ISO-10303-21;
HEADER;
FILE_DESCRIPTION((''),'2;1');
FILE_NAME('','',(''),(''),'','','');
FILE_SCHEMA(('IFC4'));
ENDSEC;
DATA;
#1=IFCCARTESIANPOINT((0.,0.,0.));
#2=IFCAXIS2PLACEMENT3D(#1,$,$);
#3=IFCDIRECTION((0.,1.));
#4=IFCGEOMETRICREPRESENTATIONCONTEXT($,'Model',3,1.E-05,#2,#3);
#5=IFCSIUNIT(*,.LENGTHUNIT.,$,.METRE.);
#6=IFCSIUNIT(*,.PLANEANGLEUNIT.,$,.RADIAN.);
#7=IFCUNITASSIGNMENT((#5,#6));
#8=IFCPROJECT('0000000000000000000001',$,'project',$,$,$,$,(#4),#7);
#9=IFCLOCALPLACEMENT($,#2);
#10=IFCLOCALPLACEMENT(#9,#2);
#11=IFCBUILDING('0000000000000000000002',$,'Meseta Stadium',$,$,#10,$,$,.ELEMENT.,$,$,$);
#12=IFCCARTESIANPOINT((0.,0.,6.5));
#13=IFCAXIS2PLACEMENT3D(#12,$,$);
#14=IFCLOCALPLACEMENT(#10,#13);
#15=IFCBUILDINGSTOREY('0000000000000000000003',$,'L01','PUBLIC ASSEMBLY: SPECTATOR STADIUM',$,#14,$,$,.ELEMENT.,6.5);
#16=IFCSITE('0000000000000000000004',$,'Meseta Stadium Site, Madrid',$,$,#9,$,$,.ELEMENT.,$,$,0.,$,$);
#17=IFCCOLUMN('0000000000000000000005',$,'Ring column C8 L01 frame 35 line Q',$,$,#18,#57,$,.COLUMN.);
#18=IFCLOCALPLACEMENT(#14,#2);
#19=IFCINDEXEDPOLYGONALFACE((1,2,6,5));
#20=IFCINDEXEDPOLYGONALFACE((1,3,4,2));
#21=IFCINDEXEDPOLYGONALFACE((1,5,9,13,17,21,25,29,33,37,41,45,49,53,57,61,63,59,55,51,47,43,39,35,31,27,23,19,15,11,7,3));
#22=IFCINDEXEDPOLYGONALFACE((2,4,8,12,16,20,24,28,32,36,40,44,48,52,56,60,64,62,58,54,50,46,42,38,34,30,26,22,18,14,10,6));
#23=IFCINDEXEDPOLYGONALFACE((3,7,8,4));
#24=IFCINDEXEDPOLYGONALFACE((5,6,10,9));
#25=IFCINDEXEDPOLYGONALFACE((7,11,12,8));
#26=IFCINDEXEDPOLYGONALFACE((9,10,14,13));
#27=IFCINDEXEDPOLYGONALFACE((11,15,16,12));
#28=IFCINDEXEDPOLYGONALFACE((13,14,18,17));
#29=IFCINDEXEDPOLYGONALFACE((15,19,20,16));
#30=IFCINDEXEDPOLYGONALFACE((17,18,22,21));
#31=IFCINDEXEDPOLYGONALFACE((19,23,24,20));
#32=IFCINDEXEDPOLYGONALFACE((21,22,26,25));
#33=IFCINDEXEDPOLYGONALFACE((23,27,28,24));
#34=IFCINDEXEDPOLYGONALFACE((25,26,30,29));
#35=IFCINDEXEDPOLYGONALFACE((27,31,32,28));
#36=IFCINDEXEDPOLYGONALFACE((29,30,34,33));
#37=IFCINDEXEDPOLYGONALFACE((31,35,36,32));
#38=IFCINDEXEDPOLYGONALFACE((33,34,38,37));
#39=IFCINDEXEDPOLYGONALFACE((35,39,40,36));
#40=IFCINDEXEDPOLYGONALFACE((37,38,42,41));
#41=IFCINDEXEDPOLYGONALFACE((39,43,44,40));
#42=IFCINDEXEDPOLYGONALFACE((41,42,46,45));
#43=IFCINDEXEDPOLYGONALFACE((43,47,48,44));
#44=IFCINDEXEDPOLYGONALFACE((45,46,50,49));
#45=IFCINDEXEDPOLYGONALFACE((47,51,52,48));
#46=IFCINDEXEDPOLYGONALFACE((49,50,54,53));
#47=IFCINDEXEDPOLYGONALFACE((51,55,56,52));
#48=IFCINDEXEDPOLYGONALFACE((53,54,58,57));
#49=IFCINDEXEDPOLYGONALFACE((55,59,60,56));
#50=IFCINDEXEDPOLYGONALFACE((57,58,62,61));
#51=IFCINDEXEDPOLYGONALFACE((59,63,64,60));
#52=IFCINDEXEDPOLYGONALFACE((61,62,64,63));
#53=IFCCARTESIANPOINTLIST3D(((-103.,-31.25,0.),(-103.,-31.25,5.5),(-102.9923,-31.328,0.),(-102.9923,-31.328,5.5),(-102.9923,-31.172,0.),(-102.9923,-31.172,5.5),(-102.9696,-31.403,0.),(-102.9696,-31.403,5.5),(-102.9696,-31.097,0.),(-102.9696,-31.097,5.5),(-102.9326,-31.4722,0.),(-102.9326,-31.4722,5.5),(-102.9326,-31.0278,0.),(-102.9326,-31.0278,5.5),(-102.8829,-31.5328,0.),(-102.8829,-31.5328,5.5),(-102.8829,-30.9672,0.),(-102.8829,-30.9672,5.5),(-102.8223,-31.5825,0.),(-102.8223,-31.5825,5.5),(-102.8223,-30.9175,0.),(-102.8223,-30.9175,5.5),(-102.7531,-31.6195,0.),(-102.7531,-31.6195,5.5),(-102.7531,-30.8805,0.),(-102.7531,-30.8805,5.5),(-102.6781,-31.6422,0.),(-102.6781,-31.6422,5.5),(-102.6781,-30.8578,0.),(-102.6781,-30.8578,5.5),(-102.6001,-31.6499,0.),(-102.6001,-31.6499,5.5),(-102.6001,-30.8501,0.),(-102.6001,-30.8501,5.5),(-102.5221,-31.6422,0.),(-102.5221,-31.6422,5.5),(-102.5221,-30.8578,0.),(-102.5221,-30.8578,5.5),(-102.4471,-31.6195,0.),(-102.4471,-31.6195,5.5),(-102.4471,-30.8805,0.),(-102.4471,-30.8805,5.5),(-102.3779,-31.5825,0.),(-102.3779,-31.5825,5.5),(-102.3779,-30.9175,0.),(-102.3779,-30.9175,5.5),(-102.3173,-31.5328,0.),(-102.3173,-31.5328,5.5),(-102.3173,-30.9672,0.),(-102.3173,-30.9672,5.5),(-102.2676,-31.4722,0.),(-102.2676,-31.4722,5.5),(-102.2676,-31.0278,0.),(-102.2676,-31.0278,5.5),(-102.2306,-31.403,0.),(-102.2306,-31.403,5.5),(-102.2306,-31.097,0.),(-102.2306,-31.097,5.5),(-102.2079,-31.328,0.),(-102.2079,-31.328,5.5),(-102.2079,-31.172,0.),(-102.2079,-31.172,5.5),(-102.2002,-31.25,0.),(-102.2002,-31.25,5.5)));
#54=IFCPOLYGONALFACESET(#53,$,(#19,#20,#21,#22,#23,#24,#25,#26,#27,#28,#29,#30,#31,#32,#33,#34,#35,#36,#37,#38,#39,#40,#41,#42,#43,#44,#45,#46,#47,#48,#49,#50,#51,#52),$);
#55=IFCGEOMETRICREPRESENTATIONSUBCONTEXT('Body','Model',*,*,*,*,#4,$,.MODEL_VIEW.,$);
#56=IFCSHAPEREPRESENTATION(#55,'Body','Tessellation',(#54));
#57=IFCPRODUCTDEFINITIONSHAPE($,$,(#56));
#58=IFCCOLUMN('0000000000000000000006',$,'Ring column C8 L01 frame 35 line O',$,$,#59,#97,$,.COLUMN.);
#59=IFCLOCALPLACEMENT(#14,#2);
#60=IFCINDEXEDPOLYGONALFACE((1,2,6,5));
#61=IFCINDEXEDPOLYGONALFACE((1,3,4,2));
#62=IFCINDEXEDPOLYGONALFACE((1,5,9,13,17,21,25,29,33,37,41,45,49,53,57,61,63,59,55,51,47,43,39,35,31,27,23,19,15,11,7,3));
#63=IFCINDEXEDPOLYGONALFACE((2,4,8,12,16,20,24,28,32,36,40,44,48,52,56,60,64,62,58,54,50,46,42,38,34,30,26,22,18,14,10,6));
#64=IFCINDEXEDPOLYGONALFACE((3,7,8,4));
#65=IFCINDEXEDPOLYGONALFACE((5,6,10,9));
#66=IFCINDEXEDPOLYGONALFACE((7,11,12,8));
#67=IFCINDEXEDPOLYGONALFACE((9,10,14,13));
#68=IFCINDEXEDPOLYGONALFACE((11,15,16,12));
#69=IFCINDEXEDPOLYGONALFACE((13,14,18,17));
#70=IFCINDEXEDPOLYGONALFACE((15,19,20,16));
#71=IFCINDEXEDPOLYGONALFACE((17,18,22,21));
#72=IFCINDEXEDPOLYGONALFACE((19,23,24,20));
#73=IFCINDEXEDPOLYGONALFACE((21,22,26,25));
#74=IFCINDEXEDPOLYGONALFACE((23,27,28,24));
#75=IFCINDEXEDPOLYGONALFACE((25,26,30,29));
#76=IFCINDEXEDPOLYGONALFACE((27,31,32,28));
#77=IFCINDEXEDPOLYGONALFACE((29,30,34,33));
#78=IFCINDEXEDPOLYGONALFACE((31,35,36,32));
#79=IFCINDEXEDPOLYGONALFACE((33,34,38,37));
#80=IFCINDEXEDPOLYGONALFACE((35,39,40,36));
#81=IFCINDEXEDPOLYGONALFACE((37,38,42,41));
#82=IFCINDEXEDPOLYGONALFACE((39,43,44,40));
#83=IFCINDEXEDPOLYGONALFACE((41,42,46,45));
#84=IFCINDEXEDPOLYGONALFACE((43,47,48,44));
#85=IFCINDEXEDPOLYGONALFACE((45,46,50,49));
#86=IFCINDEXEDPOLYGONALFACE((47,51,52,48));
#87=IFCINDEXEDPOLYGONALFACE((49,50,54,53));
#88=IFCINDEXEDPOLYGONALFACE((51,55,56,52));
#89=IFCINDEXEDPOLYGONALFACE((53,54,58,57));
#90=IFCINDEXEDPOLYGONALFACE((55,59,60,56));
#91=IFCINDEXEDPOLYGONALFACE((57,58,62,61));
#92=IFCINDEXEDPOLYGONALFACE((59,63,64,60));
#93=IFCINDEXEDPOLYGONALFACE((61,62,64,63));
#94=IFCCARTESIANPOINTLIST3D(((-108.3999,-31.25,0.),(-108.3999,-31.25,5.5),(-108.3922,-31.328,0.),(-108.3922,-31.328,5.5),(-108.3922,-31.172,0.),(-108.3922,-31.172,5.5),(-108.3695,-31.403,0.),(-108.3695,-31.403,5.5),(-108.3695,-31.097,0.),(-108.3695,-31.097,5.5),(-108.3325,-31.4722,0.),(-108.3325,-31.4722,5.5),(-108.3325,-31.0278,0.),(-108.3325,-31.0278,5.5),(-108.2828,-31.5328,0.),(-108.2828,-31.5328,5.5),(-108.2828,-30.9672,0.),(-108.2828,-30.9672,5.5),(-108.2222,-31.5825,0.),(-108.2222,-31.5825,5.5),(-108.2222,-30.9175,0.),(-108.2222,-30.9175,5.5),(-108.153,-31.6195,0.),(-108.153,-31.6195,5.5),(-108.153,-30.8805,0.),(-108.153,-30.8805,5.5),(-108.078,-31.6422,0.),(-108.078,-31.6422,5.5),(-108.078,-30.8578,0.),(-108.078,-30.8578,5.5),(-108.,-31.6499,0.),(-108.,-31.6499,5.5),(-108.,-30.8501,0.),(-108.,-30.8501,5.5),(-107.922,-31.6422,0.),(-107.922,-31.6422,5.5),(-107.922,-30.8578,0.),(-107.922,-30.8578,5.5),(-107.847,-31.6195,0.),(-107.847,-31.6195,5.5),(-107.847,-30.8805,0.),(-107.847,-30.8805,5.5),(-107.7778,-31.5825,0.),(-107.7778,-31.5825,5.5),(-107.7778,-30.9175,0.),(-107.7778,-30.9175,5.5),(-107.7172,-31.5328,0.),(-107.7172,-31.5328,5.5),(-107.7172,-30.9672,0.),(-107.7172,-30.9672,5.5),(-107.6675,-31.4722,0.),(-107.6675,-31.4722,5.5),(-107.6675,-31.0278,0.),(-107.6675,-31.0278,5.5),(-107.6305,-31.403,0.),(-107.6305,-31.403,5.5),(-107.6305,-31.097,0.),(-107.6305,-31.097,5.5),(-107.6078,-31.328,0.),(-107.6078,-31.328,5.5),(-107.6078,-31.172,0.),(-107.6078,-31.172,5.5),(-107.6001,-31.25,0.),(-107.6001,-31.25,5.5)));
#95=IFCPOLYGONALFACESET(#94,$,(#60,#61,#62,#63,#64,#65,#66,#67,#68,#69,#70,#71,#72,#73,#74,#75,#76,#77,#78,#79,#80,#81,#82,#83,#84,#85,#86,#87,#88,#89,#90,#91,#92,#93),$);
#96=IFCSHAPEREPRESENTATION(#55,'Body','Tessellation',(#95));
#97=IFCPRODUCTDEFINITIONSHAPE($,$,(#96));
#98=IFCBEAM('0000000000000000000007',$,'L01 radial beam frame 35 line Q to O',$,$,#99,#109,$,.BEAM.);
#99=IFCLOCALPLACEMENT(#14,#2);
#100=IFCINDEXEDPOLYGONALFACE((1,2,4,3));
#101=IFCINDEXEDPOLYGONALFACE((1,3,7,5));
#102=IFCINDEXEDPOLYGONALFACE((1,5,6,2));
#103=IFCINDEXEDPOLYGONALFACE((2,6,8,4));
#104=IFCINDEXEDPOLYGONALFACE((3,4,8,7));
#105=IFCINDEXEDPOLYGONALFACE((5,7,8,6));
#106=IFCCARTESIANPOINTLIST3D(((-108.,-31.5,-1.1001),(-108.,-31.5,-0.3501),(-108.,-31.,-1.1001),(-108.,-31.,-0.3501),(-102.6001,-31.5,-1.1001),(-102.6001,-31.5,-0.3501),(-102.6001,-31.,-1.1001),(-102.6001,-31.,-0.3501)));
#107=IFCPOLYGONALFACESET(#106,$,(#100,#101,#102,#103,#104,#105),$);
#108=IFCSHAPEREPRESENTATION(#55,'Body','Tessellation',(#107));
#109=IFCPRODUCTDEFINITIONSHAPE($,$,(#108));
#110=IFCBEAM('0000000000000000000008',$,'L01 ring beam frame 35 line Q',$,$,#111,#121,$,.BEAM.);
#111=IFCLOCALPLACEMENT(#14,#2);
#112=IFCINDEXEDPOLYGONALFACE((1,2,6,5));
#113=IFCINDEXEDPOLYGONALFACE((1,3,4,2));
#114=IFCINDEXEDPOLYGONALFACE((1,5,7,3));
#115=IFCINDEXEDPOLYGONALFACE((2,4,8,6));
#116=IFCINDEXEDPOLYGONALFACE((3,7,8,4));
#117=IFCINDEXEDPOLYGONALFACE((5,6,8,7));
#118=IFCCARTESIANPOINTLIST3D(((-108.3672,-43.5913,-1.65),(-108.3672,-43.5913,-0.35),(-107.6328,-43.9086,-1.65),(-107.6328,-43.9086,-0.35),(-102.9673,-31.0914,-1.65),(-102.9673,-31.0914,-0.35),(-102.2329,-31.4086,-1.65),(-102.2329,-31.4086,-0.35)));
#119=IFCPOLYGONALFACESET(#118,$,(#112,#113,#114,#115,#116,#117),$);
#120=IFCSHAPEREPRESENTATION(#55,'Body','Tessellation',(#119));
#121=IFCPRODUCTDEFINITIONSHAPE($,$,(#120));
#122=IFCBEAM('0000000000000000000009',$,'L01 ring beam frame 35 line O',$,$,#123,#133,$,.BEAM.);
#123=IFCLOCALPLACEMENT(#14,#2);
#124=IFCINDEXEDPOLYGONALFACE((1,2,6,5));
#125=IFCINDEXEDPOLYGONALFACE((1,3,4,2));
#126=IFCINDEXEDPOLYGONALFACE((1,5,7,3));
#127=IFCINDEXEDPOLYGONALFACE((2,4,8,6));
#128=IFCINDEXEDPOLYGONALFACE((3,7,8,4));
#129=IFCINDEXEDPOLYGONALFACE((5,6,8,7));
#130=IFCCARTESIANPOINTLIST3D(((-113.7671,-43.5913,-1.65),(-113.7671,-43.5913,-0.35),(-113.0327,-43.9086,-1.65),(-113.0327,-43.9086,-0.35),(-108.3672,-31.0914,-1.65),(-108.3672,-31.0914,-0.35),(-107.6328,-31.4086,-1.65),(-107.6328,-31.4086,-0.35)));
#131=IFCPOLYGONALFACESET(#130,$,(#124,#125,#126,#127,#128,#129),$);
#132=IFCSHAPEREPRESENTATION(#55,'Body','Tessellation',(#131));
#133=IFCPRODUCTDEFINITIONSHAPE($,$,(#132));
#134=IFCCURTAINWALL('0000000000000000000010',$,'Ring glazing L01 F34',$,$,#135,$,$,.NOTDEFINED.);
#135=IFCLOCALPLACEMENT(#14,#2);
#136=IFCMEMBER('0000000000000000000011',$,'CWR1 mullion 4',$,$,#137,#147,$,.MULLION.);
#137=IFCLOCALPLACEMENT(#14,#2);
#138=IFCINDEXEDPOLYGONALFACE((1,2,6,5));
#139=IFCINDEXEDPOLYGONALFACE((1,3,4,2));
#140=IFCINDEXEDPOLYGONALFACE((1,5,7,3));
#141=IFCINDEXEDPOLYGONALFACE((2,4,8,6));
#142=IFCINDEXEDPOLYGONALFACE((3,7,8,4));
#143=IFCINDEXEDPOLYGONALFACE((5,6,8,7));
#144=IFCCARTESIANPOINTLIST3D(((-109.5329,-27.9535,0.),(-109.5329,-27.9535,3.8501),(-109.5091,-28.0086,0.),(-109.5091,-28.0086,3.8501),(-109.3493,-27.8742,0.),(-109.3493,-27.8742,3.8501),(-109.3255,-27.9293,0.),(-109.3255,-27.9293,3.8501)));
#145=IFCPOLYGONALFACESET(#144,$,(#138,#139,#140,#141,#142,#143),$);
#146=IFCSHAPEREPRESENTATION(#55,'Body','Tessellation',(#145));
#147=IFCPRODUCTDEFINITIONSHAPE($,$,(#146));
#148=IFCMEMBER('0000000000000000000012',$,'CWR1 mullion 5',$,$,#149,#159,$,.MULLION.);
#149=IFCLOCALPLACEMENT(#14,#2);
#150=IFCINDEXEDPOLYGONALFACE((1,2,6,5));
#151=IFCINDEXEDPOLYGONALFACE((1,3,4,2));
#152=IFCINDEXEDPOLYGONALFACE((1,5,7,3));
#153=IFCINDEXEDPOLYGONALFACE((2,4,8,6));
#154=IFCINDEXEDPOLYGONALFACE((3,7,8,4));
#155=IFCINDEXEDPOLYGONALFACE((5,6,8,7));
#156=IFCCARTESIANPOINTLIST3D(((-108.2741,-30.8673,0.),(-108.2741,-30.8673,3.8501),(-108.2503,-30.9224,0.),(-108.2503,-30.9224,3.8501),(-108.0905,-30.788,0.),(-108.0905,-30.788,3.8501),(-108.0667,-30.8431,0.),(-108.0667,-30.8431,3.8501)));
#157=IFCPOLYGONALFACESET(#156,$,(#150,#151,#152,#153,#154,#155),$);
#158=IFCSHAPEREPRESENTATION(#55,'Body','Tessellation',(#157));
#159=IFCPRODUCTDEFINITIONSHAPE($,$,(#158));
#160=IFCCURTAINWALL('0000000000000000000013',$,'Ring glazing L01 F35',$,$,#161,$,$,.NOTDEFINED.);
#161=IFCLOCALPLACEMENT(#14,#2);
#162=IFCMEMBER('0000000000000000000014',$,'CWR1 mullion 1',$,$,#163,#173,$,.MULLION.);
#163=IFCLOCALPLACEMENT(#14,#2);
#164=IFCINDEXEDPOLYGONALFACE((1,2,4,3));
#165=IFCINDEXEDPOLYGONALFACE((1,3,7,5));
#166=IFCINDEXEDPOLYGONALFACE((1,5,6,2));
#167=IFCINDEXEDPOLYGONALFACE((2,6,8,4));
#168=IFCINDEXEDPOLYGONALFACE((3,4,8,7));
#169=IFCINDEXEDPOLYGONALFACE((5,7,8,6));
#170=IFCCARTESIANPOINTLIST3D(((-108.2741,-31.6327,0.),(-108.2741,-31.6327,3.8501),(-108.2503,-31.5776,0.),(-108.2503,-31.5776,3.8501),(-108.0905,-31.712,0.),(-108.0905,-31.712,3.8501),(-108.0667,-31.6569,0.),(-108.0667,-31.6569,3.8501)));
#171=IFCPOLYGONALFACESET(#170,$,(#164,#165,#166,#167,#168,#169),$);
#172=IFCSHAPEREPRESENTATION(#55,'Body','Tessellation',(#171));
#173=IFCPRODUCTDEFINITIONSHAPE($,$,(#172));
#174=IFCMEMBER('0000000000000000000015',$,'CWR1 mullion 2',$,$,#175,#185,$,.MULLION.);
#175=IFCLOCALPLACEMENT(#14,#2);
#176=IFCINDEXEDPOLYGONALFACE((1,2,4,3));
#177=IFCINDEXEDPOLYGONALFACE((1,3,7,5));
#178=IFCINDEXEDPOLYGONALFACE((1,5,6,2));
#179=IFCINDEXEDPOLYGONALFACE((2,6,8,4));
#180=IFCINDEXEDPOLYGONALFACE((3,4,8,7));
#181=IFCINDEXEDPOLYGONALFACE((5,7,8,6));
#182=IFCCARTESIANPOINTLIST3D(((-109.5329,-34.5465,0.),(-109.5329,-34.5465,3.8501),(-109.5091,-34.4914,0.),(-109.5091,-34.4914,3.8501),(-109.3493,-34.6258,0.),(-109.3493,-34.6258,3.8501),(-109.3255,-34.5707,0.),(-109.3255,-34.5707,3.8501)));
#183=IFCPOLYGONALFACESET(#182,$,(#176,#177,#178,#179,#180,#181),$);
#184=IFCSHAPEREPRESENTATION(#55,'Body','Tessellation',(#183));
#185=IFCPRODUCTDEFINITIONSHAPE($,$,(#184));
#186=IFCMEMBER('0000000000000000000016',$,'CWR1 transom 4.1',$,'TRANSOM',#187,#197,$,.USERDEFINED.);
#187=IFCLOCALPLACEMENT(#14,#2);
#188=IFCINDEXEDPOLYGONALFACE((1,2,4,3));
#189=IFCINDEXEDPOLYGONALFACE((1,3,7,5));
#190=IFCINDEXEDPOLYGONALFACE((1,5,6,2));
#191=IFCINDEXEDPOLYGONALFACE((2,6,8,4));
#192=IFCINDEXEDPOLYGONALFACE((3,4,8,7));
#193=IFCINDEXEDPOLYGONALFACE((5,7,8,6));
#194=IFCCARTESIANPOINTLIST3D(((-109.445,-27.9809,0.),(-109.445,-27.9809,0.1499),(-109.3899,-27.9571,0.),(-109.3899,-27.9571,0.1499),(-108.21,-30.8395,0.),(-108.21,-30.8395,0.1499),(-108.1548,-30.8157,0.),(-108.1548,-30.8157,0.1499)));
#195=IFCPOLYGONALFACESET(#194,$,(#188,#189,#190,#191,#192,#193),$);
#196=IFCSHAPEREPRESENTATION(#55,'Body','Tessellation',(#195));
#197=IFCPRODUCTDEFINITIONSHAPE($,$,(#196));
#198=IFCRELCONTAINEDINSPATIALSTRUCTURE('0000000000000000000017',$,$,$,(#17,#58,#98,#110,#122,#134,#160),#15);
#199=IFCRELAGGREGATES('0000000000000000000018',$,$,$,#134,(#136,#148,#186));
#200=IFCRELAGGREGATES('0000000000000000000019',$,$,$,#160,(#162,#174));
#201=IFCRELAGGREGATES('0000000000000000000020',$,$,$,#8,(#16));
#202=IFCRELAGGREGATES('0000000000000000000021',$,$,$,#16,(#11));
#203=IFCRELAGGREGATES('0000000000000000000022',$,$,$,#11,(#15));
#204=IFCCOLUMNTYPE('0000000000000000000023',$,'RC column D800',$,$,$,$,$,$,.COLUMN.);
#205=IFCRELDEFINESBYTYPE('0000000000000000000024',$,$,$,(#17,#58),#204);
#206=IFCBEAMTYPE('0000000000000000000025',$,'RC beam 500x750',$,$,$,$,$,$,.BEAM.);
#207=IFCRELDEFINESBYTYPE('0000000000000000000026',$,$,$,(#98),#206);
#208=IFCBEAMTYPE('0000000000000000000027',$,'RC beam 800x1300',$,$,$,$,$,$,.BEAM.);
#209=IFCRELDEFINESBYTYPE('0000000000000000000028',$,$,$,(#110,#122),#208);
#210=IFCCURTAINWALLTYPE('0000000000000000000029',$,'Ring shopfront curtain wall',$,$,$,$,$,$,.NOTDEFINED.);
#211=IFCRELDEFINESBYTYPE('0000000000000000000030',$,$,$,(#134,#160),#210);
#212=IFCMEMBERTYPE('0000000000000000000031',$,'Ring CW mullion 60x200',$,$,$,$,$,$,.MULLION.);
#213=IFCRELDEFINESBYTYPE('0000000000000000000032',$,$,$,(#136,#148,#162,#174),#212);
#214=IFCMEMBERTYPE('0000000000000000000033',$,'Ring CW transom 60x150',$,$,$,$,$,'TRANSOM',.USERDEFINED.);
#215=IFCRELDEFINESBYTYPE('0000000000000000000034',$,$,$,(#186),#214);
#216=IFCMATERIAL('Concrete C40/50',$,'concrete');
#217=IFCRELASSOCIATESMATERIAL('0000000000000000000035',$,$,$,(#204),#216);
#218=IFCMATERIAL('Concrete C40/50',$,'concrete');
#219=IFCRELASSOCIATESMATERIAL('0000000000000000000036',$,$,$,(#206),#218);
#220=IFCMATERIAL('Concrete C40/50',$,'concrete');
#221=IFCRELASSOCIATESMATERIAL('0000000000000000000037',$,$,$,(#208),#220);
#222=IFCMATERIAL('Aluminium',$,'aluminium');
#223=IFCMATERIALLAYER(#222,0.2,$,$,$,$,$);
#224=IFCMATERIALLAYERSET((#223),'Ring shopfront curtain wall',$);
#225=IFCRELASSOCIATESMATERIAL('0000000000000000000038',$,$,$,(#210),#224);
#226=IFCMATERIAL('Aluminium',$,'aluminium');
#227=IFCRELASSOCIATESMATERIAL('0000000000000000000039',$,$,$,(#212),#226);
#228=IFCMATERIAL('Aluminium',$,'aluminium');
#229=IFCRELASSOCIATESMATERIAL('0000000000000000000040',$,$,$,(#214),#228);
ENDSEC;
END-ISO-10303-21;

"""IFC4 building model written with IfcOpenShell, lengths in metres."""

from ifc_helpers import new_model, si_unit, direction, frame, origin, origin_2d, place, context, subcontext, project, spatial, rectangle, circle, extrude, material, layer, layer_set, material_profile, profile_set, type_object, element, aggregate, save


model = new_model("IFC4")

# Units and contexts
model_context = context("Model", 3, precision=1e-05, world=origin(), true_north=direction((0.0, 1.0)))
body_context = subcontext(model_context, "Body", "Model", "MODEL_VIEW")
ifc_project = project(units=[si_unit("LENGTHUNIT", "METRE"), si_unit("PLANEANGLEUNIT", "RADIAN")], contexts=[model_context])

# Site, building, storey
site_placement = place(None, origin())
site = spatial("IfcSite", under=ifc_project, at=site_placement, Name="Meseta Stadium Site, Madrid", CompositionType="ELEMENT", RefElevation=0.0)
building_placement = place(site_placement, origin())
building = spatial("IfcBuilding", under=site, at=building_placement, Name="Meseta Stadium", CompositionType="ELEMENT")
storey_placement = place(building_placement, frame((0.0, 0.0, 6.5)))
storey = spatial("IfcBuildingStorey", under=building, at=storey_placement, Name="L01", Description="PUBLIC ASSEMBLY: SPECTATOR STADIUM", CompositionType="ELEMENT", Elevation=6.5)

# Columns
ifc_material_1 = material(Name="Concrete C40/50", Category="concrete")
ifc_material_profile_1 = material_profile(ifc_material_1, circle(Radius=0.3999, at=origin_2d()), Name="RC D800")
ifc_profile_set_1 = profile_set([ifc_material_profile_1], Name="Concrete C40/50")
column_type = type_object("IfcColumnType", Name="RC column D800", PredefinedType="COLUMN", material=ifc_profile_set_1)
for number, where, z_axis, x_axis, name in (
    (1, (-102.6001, -31.25, 0.0), (0.0, 0.0, 1.0), (1.0, 0.0, 0.0), "Ring column C8 L01 frame 35 line Q"),
    (2, (-108.0, -31.25, 0.0), (0.0, 0.0, 1.0), (1.0, 0.0, 0.0), "Ring column C8 L01 frame 35 line O"),
):
    element("IfcColumn", number, at=place(storey_placement, frame(where, z_axis=z_axis, x_axis=x_axis)), inside=storey, type_object=column_type, Name=name, PredefinedType="COLUMN", context=body_context, shape_type="SweptSolid", body=[
        extrude(circle(Radius=0.3999, at=origin_2d()), origin(), (0.0, 0.0, 1.0), 5.5),
    ])

# Beams
ifc_material_2 = material(Name="Concrete C40/50", Category="concrete")
ifc_material_profile_2 = material_profile(ifc_material_2, rectangle(XDim=0.5, YDim=0.75, at=origin_2d()), Name="RC 500x750")
ifc_profile_set_2 = profile_set([ifc_material_profile_2], Name="Concrete C40/50")
beam_type_1 = type_object("IfcBeamType", Name="RC beam 500x750", PredefinedType="BEAM", material=ifc_profile_set_2)
beam_placement = place(storey_placement, frame((-102.6001, -31.25, -0.7251), z_axis=(-1.0, 0.0, 0.0), x_axis=(0.0, -1.0, 0.0)))
element("IfcBeam", 3, at=beam_placement, inside=storey, type_object=beam_type_1, Name="L01 radial beam frame 35 line Q to O", PredefinedType="BEAM", context=body_context, shape_type="SweptSolid", body=[
    extrude(rectangle(XDim=0.5, YDim=0.75, at=origin_2d()), origin(), (0.0, 0.0, 1.0), 5.3999),
])
ifc_material_3 = material(Name="Concrete C40/50", Category="concrete")
ifc_material_profile_3 = material_profile(ifc_material_3, rectangle(XDim=0.8, YDim=1.3, at=origin_2d()), Name="RC 800x1300")
ifc_profile_set_3 = profile_set([ifc_material_profile_3], Name="Concrete C40/50")
beam_type_2 = type_object("IfcBeamType", Name="RC beam 800x1300", PredefinedType="BEAM", material=ifc_profile_set_3)
for number, where, z_axis, x_axis, name in (
    (4, (-102.6001, -31.25, -1.0), (-0.396571, -0.918004, 0.0), (0.918004, -0.396571, 0.0), "L01 ring beam frame 35 line Q"),
    (5, (-108.0, -31.25, -1.0), (-0.396571, -0.918004, 0.0), (0.918004, -0.396571, 0.0), "L01 ring beam frame 35 line O"),
):
    element("IfcBeam", number, at=place(storey_placement, frame(where, z_axis=z_axis, x_axis=x_axis)), inside=storey, type_object=beam_type_2, Name=name, PredefinedType="BEAM", context=body_context, shape_type="SweptSolid", body=[
        extrude(rectangle(XDim=0.8, YDim=1.3, at=origin_2d()), origin(), (0.0, 0.0, 1.0), 13.6165),
    ])

# Curtain walls, members
ifc_material_4 = material(Name="Aluminium", Category="aluminium")
ifc_layer_1 = layer(ifc_material_4, 0.2)
ifc_layer_set_1 = layer_set([ifc_layer_1], Name="Ring shopfront curtain wall")
curtain_wall_type = type_object("IfcCurtainWallType", Name="Ring shopfront curtain wall", PredefinedType="NOTDEFINED", material=ifc_layer_set_1)
curtain_wall_1_placement = place(storey_placement, origin())
curtain_wall_1 = element("IfcCurtainWall", 6, at=curtain_wall_1_placement, inside=storey, type_object=curtain_wall_type, Name="Ring glazing L01 F34", PredefinedType="NOTDEFINED")
ifc_material_5 = material(Name="Aluminium", Category="aluminium")
ifc_material_profile_4 = material_profile(ifc_material_5, rectangle(XDim=0.2, YDim=0.0601, at=origin_2d()), Name="CW 200x60")
ifc_profile_set_4 = profile_set([ifc_material_profile_4], Name="Aluminium")
member_type_1 = type_object("IfcMemberType", Name="Ring CW mullion 60x200", PredefinedType="MULLION", material=ifc_profile_set_4)
member_1_placement = place(storey_placement, frame((-109.4292, -27.9414, 0.0), z_axis=(0.0, 0.0, 1.0), x_axis=(0.918, 0.396581, 0.0)))
member_1 = element("IfcMember", 7, at=member_1_placement, type_object=member_type_1, Name="CWR1 mullion 4", PredefinedType="MULLION", context=body_context, shape_type="SweptSolid", body=[
    extrude(rectangle(XDim=0.2, YDim=0.0601, at=origin_2d()), origin(), (0.0, 0.0, 1.0), 3.8501),
])
member_2_placement = place(storey_placement, frame((-108.1704, -30.8552, 0.0), z_axis=(0.0, 0.0, 1.0), x_axis=(0.918, 0.396581, 0.0)))
member_2 = element("IfcMember", 8, at=member_2_placement, type_object=member_type_1, Name="CWR1 mullion 5", PredefinedType="MULLION", context=body_context, shape_type="SweptSolid", body=[
    extrude(rectangle(XDim=0.2, YDim=0.0601, at=origin_2d()), origin(), (0.0, 0.0, 1.0), 3.8501),
])
curtain_wall_2_placement = place(storey_placement, origin())
curtain_wall_2 = element("IfcCurtainWall", 9, at=curtain_wall_2_placement, inside=storey, type_object=curtain_wall_type, Name="Ring glazing L01 F35", PredefinedType="NOTDEFINED")
member_3_placement = place(storey_placement, frame((-108.1704, -31.6448, 0.0), z_axis=(0.0, 0.0, 1.0), x_axis=(0.918, -0.396581, 0.0)))
member_3 = element("IfcMember", 10, at=member_3_placement, type_object=member_type_1, Name="CWR1 mullion 1", PredefinedType="MULLION", context=body_context, shape_type="SweptSolid", body=[
    extrude(rectangle(XDim=0.2, YDim=0.0601, at=origin_2d()), origin(), (0.0, 0.0, 1.0), 3.8501),
])
member_4_placement = place(storey_placement, frame((-109.4292, -34.5586, 0.0), z_axis=(0.0, 0.0, 1.0), x_axis=(0.918, -0.396581, 0.0)))
member_4 = element("IfcMember", 11, at=member_4_placement, type_object=member_type_1, Name="CWR1 mullion 2", PredefinedType="MULLION", context=body_context, shape_type="SweptSolid", body=[
    extrude(rectangle(XDim=0.2, YDim=0.0601, at=origin_2d()), origin(), (0.0, 0.0, 1.0), 3.8501),
])

# Member
ifc_material_6 = material(Name="Aluminium", Category="aluminium")
ifc_material_profile_5 = material_profile(ifc_material_6, rectangle(XDim=0.0601, YDim=0.1499, at=origin_2d()), Name="CW 60x150")
ifc_profile_set_5 = profile_set([ifc_material_profile_5], Name="Aluminium")
member_type_2 = type_object("IfcMemberType", Name="Ring CW transom 60x150", ElementType="TRANSOM", PredefinedType="USERDEFINED", material=ifc_profile_set_5)
member_5_placement = place(storey_placement, frame((-109.4175, -27.969, 0.075), z_axis=(0.396624, -0.917981, 0.0), x_axis=(0.917981, 0.396624, 0.0)))
member_5 = element("IfcMember", 12, at=member_5_placement, type_object=member_type_2, Name="CWR1 transom 4.1", ObjectType="TRANSOM", PredefinedType="USERDEFINED", context=body_context, shape_type="SweptSolid", body=[
    extrude(rectangle(XDim=0.0601, YDim=0.1499, at=origin_2d()), origin(), (0.0, 0.0, 1.0), 3.114),
])

aggregate(curtain_wall_1, [member_1, member_2, member_5])
aggregate(curtain_wall_2, [member_3, member_4])

save(model, "model.ifc")
